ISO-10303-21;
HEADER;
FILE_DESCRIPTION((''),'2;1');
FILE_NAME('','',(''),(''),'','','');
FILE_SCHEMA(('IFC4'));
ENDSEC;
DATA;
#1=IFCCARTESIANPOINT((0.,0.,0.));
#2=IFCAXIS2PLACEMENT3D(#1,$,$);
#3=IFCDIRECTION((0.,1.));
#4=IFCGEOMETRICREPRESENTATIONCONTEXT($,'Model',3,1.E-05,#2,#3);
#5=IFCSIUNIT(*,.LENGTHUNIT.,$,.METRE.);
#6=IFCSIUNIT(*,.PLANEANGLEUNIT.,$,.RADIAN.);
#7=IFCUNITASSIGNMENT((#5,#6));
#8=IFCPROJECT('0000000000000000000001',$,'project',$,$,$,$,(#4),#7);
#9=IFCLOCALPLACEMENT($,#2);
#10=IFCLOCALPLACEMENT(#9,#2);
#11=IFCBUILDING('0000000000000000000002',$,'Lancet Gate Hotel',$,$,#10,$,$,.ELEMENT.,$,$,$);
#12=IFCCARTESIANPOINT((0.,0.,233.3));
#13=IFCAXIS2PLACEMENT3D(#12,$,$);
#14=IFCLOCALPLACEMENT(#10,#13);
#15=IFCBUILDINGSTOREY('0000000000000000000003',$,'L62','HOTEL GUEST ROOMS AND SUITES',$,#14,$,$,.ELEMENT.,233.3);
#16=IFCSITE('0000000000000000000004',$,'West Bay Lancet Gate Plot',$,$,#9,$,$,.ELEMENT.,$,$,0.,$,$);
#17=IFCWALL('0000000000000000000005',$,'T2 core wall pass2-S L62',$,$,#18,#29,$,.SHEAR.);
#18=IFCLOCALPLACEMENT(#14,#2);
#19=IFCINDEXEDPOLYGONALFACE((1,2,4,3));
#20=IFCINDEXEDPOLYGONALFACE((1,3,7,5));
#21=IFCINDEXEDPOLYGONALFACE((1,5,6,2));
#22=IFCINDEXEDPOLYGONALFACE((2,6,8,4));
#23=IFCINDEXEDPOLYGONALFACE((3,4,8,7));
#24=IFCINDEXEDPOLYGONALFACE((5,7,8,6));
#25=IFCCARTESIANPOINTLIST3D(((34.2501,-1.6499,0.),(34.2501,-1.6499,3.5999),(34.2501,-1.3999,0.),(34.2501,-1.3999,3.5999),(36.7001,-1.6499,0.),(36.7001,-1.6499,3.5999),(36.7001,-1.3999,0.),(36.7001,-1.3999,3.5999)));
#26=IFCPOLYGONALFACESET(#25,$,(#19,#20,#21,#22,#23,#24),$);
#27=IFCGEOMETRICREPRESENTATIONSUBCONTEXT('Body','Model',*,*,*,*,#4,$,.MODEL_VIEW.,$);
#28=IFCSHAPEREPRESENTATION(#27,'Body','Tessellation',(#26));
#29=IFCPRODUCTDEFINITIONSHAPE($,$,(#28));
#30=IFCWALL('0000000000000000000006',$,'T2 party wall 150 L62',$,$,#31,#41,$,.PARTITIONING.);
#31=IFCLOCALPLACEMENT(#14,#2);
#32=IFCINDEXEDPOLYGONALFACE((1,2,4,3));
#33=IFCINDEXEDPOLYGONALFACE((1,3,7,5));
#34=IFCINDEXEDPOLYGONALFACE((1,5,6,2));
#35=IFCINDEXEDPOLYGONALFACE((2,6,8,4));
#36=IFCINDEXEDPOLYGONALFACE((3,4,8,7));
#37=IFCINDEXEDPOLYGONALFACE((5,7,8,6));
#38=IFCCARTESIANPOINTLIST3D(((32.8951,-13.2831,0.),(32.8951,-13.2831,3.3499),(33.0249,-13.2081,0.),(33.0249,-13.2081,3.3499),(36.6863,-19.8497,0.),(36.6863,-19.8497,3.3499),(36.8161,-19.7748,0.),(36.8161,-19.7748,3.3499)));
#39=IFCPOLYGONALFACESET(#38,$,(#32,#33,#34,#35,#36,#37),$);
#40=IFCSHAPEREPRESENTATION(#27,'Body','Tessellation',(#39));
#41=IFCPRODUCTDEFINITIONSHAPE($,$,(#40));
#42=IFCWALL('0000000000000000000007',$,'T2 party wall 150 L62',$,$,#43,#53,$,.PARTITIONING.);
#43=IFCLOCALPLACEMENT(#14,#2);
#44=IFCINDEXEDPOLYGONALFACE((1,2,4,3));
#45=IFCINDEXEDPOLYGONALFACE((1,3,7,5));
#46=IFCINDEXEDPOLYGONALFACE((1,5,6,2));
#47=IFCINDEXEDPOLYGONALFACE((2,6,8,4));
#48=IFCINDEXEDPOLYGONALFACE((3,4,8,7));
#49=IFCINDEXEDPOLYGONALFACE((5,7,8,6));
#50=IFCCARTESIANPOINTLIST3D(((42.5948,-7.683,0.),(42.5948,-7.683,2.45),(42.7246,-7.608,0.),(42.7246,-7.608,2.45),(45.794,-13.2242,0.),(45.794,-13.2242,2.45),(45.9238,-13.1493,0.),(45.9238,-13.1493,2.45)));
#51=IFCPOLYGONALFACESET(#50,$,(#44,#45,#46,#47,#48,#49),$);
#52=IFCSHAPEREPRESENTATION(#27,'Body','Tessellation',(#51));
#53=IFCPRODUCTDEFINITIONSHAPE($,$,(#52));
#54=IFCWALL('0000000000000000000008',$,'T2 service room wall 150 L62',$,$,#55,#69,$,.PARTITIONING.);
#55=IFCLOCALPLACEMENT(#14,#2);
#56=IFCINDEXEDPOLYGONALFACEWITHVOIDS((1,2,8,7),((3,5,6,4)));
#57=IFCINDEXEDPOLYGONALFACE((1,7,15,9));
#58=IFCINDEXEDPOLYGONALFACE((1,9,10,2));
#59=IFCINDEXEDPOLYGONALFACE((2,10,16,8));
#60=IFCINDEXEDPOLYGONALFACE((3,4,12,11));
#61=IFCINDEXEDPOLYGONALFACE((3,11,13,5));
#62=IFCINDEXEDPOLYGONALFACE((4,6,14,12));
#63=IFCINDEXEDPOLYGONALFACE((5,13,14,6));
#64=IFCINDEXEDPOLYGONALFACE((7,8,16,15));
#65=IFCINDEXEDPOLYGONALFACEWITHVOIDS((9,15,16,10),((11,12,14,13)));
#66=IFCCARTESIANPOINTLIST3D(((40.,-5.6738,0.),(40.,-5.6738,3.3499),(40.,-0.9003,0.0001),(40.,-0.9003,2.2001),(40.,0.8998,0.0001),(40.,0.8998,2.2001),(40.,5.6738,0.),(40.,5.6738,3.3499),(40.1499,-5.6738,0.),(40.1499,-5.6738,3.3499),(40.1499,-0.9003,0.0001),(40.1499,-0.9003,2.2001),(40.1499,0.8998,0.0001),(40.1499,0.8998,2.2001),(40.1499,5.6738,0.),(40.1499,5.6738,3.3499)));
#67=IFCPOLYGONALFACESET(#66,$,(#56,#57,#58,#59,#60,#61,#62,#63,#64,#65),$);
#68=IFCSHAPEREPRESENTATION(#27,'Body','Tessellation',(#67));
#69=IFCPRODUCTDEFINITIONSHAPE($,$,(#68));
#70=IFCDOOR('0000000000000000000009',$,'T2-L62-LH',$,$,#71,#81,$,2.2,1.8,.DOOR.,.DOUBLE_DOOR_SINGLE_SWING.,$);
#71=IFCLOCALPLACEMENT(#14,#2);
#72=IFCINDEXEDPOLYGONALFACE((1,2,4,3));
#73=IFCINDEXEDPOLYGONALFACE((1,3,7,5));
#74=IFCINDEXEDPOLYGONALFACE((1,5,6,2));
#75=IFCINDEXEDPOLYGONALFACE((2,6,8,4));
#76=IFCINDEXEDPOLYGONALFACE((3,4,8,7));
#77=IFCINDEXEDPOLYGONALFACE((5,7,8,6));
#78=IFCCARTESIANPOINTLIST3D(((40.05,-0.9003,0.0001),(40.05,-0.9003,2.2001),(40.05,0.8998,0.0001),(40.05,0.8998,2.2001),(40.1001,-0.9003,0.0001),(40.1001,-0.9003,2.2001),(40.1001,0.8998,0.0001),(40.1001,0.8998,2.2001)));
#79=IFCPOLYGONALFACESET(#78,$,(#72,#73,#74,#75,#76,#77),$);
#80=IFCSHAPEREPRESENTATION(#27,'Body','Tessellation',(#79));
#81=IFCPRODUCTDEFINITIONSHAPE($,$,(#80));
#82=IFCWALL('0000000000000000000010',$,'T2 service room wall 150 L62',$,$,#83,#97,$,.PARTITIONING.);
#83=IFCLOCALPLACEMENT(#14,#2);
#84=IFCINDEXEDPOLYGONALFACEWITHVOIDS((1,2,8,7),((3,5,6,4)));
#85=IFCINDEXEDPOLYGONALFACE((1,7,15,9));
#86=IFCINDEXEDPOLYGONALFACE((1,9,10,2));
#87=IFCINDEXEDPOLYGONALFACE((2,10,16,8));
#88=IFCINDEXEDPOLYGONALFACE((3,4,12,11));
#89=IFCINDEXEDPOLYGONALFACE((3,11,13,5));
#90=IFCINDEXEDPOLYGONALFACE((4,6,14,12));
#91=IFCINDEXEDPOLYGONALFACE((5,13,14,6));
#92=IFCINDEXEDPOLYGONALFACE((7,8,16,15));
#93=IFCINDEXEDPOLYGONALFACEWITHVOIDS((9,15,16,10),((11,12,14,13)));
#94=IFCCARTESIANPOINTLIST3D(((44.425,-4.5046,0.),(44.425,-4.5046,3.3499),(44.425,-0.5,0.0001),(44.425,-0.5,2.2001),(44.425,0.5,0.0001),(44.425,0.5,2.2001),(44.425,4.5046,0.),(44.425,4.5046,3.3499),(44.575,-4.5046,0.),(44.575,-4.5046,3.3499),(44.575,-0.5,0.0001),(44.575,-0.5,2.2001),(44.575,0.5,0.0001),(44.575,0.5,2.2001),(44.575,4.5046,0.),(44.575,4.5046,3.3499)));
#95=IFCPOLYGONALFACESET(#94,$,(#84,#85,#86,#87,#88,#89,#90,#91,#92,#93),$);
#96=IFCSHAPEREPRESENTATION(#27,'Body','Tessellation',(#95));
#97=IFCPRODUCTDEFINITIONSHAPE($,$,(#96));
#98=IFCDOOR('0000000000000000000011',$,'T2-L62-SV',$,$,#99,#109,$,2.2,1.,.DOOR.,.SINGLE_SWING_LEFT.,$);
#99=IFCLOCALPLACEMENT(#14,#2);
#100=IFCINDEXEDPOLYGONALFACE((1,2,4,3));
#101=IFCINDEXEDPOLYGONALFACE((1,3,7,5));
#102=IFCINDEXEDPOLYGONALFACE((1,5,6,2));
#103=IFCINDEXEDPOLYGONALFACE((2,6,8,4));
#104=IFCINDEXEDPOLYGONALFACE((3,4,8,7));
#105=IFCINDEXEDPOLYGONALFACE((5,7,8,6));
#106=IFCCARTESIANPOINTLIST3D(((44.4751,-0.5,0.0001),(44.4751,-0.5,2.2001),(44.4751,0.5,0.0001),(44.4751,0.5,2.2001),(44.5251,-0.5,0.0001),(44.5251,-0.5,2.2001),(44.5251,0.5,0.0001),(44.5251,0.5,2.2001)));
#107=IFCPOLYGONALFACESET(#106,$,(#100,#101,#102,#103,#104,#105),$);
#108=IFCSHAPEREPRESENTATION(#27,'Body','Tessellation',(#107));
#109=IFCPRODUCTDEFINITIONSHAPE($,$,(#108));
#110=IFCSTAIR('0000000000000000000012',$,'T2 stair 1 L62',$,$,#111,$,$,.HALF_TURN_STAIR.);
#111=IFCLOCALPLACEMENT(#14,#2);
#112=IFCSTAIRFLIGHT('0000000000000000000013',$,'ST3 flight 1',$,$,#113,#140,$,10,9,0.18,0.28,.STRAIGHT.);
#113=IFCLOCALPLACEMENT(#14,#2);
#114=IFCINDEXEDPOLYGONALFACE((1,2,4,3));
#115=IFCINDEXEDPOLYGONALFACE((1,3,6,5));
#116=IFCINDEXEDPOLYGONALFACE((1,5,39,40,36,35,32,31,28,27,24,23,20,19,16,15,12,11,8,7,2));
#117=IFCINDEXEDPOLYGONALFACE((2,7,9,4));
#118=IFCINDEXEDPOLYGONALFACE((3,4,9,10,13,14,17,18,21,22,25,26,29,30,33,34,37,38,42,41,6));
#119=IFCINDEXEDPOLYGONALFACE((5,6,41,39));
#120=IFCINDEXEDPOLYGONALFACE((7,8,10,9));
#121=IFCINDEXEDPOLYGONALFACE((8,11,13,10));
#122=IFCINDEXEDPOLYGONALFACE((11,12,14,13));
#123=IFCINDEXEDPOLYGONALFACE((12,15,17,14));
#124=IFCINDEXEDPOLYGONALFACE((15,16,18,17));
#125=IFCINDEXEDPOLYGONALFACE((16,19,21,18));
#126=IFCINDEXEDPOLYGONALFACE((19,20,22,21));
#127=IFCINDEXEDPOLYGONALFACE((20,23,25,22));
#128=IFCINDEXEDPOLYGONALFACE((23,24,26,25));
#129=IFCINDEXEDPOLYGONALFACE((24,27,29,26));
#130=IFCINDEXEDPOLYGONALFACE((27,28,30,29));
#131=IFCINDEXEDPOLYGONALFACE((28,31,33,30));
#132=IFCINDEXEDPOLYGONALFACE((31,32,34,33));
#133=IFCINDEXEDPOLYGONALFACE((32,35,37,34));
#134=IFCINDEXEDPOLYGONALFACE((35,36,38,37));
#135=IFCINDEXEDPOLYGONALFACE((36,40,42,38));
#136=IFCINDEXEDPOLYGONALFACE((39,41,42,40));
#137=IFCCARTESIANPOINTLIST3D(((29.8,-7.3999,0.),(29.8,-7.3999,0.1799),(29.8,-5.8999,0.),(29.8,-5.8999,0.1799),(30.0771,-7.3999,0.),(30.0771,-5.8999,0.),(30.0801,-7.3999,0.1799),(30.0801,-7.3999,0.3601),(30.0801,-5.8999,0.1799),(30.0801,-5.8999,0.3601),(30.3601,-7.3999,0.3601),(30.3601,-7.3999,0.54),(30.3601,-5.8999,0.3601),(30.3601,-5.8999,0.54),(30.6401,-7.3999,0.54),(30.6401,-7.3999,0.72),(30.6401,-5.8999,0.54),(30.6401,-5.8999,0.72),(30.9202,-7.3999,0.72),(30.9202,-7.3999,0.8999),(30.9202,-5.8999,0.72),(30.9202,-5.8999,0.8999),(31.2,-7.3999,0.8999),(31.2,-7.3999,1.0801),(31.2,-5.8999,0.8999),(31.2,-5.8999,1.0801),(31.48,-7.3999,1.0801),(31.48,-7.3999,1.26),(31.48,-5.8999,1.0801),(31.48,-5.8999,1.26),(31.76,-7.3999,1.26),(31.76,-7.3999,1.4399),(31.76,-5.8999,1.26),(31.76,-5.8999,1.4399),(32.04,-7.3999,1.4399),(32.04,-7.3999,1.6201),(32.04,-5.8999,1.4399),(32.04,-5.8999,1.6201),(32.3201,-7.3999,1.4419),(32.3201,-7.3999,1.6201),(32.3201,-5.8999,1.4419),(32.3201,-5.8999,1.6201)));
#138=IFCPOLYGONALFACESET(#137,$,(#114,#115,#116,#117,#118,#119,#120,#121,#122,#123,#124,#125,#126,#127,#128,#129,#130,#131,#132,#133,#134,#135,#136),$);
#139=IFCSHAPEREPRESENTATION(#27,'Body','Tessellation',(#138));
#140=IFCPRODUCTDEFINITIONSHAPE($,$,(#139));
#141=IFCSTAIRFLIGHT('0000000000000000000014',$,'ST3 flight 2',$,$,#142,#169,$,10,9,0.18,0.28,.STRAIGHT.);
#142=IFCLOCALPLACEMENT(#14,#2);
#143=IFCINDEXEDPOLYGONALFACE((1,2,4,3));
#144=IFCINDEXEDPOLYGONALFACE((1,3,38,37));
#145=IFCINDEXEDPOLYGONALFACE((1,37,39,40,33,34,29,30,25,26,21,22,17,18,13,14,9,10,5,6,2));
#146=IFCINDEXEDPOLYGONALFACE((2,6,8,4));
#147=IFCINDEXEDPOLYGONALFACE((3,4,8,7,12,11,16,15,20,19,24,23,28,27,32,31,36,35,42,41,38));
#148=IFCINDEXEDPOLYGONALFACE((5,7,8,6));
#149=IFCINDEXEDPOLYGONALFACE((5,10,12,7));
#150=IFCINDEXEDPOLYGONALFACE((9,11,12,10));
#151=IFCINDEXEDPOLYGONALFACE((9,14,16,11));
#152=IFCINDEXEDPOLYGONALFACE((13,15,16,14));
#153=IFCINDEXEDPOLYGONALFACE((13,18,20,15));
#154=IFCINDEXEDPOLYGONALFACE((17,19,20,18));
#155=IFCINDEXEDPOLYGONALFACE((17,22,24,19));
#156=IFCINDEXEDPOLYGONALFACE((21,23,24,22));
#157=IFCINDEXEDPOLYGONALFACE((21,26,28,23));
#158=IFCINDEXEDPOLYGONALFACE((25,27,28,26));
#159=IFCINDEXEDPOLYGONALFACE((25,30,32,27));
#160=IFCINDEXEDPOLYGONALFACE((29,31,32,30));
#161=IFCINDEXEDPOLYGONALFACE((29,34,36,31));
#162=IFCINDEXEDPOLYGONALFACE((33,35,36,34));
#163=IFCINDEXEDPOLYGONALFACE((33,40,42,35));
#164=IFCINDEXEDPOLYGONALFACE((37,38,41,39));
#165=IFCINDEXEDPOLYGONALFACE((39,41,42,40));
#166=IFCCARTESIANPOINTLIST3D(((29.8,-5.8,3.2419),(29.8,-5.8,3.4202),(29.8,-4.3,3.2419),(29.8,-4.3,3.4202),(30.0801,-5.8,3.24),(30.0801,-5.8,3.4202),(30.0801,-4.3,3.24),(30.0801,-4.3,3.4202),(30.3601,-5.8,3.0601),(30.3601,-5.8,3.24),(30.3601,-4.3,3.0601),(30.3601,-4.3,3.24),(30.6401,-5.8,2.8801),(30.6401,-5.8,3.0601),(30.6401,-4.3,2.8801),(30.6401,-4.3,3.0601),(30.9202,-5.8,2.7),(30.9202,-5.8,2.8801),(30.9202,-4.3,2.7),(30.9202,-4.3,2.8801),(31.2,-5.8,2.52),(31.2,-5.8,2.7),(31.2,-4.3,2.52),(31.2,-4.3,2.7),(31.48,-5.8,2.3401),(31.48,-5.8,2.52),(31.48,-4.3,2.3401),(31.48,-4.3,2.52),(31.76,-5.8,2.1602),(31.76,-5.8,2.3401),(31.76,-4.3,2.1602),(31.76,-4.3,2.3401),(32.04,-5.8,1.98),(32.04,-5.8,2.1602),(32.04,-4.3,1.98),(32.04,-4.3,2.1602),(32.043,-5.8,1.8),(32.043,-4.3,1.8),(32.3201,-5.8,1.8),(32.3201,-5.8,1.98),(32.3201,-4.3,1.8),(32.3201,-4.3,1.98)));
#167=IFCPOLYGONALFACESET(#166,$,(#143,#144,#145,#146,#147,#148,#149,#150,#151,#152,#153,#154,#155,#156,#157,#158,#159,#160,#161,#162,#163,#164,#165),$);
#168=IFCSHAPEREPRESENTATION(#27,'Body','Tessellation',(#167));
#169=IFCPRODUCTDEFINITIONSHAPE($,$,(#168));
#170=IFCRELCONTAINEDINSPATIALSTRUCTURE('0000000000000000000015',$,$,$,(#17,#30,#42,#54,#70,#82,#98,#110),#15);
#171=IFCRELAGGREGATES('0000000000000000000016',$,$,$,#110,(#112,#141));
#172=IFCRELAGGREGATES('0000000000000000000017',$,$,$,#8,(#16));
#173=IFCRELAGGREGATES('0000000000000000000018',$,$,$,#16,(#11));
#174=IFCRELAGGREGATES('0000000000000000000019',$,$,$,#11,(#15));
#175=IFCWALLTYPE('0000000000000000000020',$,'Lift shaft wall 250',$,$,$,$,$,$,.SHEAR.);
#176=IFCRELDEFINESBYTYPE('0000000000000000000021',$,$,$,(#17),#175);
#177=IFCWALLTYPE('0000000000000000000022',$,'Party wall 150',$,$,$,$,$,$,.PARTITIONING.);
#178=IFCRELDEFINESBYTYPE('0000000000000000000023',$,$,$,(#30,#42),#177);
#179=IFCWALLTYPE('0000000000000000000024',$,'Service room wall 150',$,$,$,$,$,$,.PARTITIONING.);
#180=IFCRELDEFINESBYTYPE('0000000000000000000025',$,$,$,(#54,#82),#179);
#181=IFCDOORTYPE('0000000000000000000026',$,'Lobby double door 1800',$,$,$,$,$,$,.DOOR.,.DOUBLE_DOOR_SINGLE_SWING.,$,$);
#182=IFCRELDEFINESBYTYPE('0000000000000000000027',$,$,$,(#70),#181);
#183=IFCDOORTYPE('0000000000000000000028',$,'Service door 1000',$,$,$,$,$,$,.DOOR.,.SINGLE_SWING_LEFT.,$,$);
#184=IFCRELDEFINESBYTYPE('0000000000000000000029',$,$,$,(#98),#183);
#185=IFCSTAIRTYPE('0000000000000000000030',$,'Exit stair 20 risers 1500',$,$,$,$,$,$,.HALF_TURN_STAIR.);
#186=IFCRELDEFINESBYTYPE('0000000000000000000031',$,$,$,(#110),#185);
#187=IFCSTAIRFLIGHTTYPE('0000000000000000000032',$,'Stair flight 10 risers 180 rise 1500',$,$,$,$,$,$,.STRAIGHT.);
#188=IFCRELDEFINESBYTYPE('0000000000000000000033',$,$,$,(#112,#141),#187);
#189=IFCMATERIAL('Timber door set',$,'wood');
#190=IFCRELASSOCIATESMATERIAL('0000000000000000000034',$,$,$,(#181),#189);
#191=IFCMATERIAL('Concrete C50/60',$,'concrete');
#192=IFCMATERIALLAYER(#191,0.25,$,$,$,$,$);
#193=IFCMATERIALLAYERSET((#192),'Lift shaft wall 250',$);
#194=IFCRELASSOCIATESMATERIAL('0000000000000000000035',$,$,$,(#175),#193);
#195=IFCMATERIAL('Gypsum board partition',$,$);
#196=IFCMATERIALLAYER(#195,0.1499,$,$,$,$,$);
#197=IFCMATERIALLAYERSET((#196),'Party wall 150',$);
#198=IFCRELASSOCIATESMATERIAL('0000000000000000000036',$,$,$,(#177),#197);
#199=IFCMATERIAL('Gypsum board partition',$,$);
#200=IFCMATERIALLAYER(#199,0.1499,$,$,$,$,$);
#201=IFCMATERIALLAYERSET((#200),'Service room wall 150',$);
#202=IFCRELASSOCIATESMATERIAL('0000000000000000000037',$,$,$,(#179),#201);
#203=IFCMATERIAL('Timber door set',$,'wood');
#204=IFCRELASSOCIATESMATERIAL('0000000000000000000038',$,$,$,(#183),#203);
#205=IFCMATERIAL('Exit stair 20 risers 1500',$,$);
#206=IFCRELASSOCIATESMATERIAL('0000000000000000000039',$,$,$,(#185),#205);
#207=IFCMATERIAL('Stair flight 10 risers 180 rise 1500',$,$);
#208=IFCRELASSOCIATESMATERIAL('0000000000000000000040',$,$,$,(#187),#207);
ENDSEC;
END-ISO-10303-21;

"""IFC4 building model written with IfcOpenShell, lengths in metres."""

from ifc_helpers import new_model, si_unit, direction, frame, frame_2d, origin, place, context, subcontext, project, spatial, polyline, rectangle, outline, extrude, material, layer, layer_set, type_object, element, fill, aggregate, save


model = new_model("IFC4")

# Units and contexts
model_context = context("Model", 3, precision=1e-05, world=origin(), true_north=direction((0.0, 1.0)))
body_context = subcontext(model_context, "Body", "Model", "MODEL_VIEW")
ifc_project = project(units=[si_unit("LENGTHUNIT", "METRE"), si_unit("PLANEANGLEUNIT", "RADIAN")], contexts=[model_context])

# Site, building, storey
site_placement = place(None, origin())
site = spatial("IfcSite", under=ifc_project, at=site_placement, Name="West Bay Lancet Gate Plot", CompositionType="ELEMENT", RefElevation=0.0)
building_placement = place(site_placement, origin())
building = spatial("IfcBuilding", under=site, at=building_placement, Name="Lancet Gate Hotel", CompositionType="ELEMENT")
storey_placement = place(building_placement, frame((0.0, 0.0, 233.3)))
storey = spatial("IfcBuildingStorey", under=building, at=storey_placement, Name="L62", Description="HOTEL GUEST ROOMS AND SUITES", CompositionType="ELEMENT", Elevation=233.3)

# Shared definitions
ifc_material_1 = material(Name="Timber door set", Category="wood")
door_type_1 = type_object("IfcDoorType", Name="Lobby double door 1800", OperationType="DOUBLE_DOOR_SINGLE_SWING", PredefinedType="DOOR", material=ifc_material_1)
ifc_material_2 = material(Name="Concrete C50/60", Category="concrete")
ifc_layer_1 = layer(ifc_material_2, 0.25)
ifc_layer_set_1 = layer_set([ifc_layer_1], Name="Lift shaft wall 250")
wall_type_1 = type_object("IfcWallType", Name="Lift shaft wall 250", PredefinedType="SHEAR", material=ifc_layer_set_1)

# Walls
wall_1_placement = place(storey_placement, frame((34.25, -1.5249, 0.0), z_axis=(0.0, 0.0, 1.0), x_axis=(1.0, 0.0, 0.0)))
element("IfcWall", 1, at=wall_1_placement, inside=storey, type_object=wall_type_1, Name="T2 core wall pass2-S L62", PredefinedType="SHEAR", context=body_context, shape_type="SweptSolid", body=[
    extrude(rectangle(XDim=2.45, YDim=0.25, at=frame_2d((1.2251, 0.0))), origin(), (0.0, 0.0, 1.0), 3.5999),
])
ifc_material_3 = material(Name="Gypsum board partition")
ifc_layer_2 = layer(ifc_material_3, 0.1499)
ifc_layer_set_2 = layer_set([ifc_layer_2], Name="Party wall 150")
wall_type_2 = type_object("IfcWallType", Name="Party wall 150", PredefinedType="PARTITIONING", material=ifc_layer_set_2)
wall_2_placement = place(storey_placement, frame((32.96, -13.2456, 0.0), z_axis=(0.0, 0.0, 1.0), x_axis=(0.5, -0.866025, 0.0)))
element("IfcWall", 2, at=wall_2_placement, inside=storey, type_object=wall_type_2, Name="T2 party wall 150 L62", PredefinedType="PARTITIONING", context=body_context, shape_type="SweptSolid", body=[
    extrude(rectangle(XDim=7.5825, YDim=0.1499, at=frame_2d((3.7913, 0.0))), origin(), (0.0, 0.0, 1.0), 3.3499),
])
wall_3_placement = place(storey_placement, frame((42.6597, -7.6455, 0.0), z_axis=(0.0, 0.0, 1.0), x_axis=(0.499997, -0.866027, 0.0)))
element("IfcWall", 3, at=wall_3_placement, inside=storey, type_object=wall_type_2, Name="T2 party wall 150 L62", PredefinedType="PARTITIONING", context=body_context, shape_type="SweptSolid", body=[
    extrude(rectangle(XDim=6.3984, YDim=0.1499, at=frame_2d((3.1992, 0.0))), origin(), (0.0, 0.0, 1.0), 2.45),
])

# Walls, openings, doors
ifc_material_4 = material(Name="Gypsum board partition")
ifc_layer_3 = layer(ifc_material_4, 0.1499)
ifc_layer_set_3 = layer_set([ifc_layer_3], Name="Service room wall 150")
wall_type_3 = type_object("IfcWallType", Name="Service room wall 150", PredefinedType="PARTITIONING", material=ifc_layer_set_3)
wall_4_placement = place(storey_placement, frame((40.075, -5.6738, 0.0), z_axis=(0.0, 0.0, 1.0), x_axis=(0.0, 1.0, 0.0)))
wall_4 = element("IfcWall", 4, at=wall_4_placement, inside=storey, type_object=wall_type_3, Name="T2 service room wall 150 L62", PredefinedType="PARTITIONING", context=body_context, shape_type="SweptSolid", body=[
    extrude(rectangle(XDim=11.3477, YDim=0.1499, at=frame_2d((5.6738, 0.0))), origin(), (0.0, 0.0, 1.0), 3.3499),
])
opening_1_placement = place(wall_4_placement, frame((4.7737, 0.0, 0.0)))
opening_1 = element("IfcOpeningElement", 5, at=opening_1_placement, cuts=wall_4, PredefinedType="OPENING", context=body_context, shape_type="SweptSolid", body=[
    extrude(rectangle(XDim=1.8, YDim=2.2, at=frame_2d((0.8999, 1.1001))), frame((0.0, 0.085, 0.0), z_axis=(0.0, -1.0, 0.0), x_axis=(1.0, 0.0, 0.0)), (0.0, 0.0, 1.0), 0.1699),
])
door_1_placement = place(opening_1_placement, origin())
door_1 = element("IfcDoor", 6, at=door_1_placement, inside=storey, type_object=door_type_1, Name="T2-L62-LH", OperationType="DOUBLE_DOOR_SINGLE_SWING", OverallHeight=2.2, OverallWidth=1.8, PredefinedType="DOOR", context=body_context, shape_type="SweptSolid", body=[
    extrude(rectangle(XDim=1.8, YDim=2.2, at=frame_2d((0.8999, 1.1001))), frame((0.0, 0.0249, 0.0), z_axis=(0.0, -1.0, 0.0), x_axis=(1.0, 0.0, 0.0)), (0.0, 0.0, 1.0), 0.05),
])
fill(opening_1, door_1)
wall_5_placement = place(storey_placement, frame((44.5, -4.5046, 0.0), z_axis=(0.0, 0.0, 1.0), x_axis=(0.0, 1.0, 0.0)))
wall_5 = element("IfcWall", 7, at=wall_5_placement, inside=storey, type_object=wall_type_3, Name="T2 service room wall 150 L62", PredefinedType="PARTITIONING", context=body_context, shape_type="SweptSolid", body=[
    extrude(rectangle(XDim=9.0093, YDim=0.1499, at=frame_2d((4.5046, 0.0))), origin(), (0.0, 0.0, 1.0), 3.3499),
])
opening_2_placement = place(wall_5_placement, frame((4.0046, 0.0, 0.0)))
opening_2 = element("IfcOpeningElement", 8, at=opening_2_placement, cuts=wall_5, PredefinedType="OPENING", context=body_context, shape_type="SweptSolid", body=[
    extrude(rectangle(XDim=1.0, YDim=2.2, at=frame_2d((0.5, 1.1001))), frame((0.0, 0.085, 0.0), z_axis=(0.0, -1.0, 0.0), x_axis=(1.0, 0.0, 0.0)), (0.0, 0.0, 1.0), 0.1699),
])
ifc_material_5 = material(Name="Timber door set", Category="wood")
door_type_2 = type_object("IfcDoorType", Name="Service door 1000", OperationType="SINGLE_SWING_LEFT", PredefinedType="DOOR", material=ifc_material_5)
door_2_placement = place(opening_2_placement, origin())
door_2 = element("IfcDoor", 9, at=door_2_placement, inside=storey, type_object=door_type_2, Name="T2-L62-SV", OperationType="SINGLE_SWING_LEFT", OverallHeight=2.2, OverallWidth=1.0, PredefinedType="DOOR", context=body_context, shape_type="SweptSolid", body=[
    extrude(rectangle(XDim=1.0, YDim=2.2, at=frame_2d((0.5, 1.1001))), frame((0.0, 0.0249, 0.0), z_axis=(0.0, -1.0, 0.0), x_axis=(1.0, 0.0, 0.0)), (0.0, 0.0, 1.0), 0.05),
])
fill(opening_2, door_2)

# Stair, stair flights
ifc_material_6 = material(Name="Exit stair 20 risers 1500")
stair_type = type_object("IfcStairType", Name="Exit stair 20 risers 1500", PredefinedType="HALF_TURN_STAIR", material=ifc_material_6)
stair_placement = place(storey_placement, origin())
stair = element("IfcStair", 10, at=stair_placement, inside=storey, type_object=stair_type, Name="T2 stair 1 L62", PredefinedType="HALF_TURN_STAIR")
ifc_material_7 = material(Name="Stair flight 10 risers 180 rise 1500")
stair_flight_type = type_object("IfcStairFlightType", Name="Stair flight 10 risers 180 rise 1500", PredefinedType="STRAIGHT", material=ifc_material_7)
stair_flight_1_placement = place(storey_placement, frame((29.8, -6.6499, 0.0), z_axis=(0.0, 0.0, 1.0), x_axis=(1.0, 0.0, 0.0)))
stair_flight_1 = element("IfcStairFlight", 11, at=stair_flight_1_placement, type_object=stair_flight_type, Name="ST3 flight 1", NumberOfRisers=10, NumberOfTreads=9, PredefinedType="STRAIGHT", RiserHeight=0.18, TreadLength=0.28, context=body_context, shape_type="SweptSolid", body=[
    extrude(outline(polyline([(0.0, 0.0), (0.0, 0.1799), (0.28, 0.1799), (0.28, 0.3601), (0.5601, 0.3601), (0.5601, 0.54), (0.8401, 0.54), (0.8401, 0.72), (1.1201, 0.72), (1.1201, 0.8999), (1.3999, 0.8999), (1.3999, 1.0801), (1.6799, 1.0801), (1.6799, 1.26), (1.96, 1.26), (1.96, 1.4399), (2.24, 1.4399), (2.24, 1.6201), (2.52, 1.6201), (2.52, 1.8), (2.52, 1.4419), (0.2771, 0.0), (0.0, 0.0)])), frame((0.0, 0.75, 0.0), z_axis=(0.0, -1.0, 0.0), x_axis=(1.0, 0.0, 0.0)), (0.0, 0.0, 1.0), 1.5),
])
stair_flight_2_placement = place(storey_placement, frame((32.3201, -5.05, 1.8), z_axis=(0.0, 0.0, 1.0), x_axis=(-1.0, 0.0, 0.0)))
stair_flight_2 = element("IfcStairFlight", 12, at=stair_flight_2_placement, type_object=stair_flight_type, Name="ST3 flight 2", NumberOfRisers=10, NumberOfTreads=9, PredefinedType="STRAIGHT", RiserHeight=0.18, TreadLength=0.28, context=body_context, shape_type="SweptSolid", body=[
    extrude(outline(polyline([(0.0, 0.0), (0.0, 0.1799), (0.28, 0.1799), (0.28, 0.3601), (0.5601, 0.3601), (0.5601, 0.54), (0.8401, 0.54), (0.8401, 0.72), (1.1201, 0.72), (1.1201, 0.8999), (1.3999, 0.8999), (1.3999, 1.0801), (1.6799, 1.0801), (1.6799, 1.26), (1.96, 1.26), (1.96, 1.4399), (2.24, 1.4399), (2.24, 1.6201), (2.52, 1.6201), (2.52, 1.8), (2.52, 1.4419), (0.2771, 0.0), (0.0, 0.0)])), frame((0.0, 0.75, 0.0), z_axis=(0.0, -1.0, 0.0), x_axis=(1.0, 0.0, 0.0)), (0.0, 0.0, 1.0), 1.5),
])
aggregate(stair, [stair_flight_1, stair_flight_2])

save(model, "model.ifc")
